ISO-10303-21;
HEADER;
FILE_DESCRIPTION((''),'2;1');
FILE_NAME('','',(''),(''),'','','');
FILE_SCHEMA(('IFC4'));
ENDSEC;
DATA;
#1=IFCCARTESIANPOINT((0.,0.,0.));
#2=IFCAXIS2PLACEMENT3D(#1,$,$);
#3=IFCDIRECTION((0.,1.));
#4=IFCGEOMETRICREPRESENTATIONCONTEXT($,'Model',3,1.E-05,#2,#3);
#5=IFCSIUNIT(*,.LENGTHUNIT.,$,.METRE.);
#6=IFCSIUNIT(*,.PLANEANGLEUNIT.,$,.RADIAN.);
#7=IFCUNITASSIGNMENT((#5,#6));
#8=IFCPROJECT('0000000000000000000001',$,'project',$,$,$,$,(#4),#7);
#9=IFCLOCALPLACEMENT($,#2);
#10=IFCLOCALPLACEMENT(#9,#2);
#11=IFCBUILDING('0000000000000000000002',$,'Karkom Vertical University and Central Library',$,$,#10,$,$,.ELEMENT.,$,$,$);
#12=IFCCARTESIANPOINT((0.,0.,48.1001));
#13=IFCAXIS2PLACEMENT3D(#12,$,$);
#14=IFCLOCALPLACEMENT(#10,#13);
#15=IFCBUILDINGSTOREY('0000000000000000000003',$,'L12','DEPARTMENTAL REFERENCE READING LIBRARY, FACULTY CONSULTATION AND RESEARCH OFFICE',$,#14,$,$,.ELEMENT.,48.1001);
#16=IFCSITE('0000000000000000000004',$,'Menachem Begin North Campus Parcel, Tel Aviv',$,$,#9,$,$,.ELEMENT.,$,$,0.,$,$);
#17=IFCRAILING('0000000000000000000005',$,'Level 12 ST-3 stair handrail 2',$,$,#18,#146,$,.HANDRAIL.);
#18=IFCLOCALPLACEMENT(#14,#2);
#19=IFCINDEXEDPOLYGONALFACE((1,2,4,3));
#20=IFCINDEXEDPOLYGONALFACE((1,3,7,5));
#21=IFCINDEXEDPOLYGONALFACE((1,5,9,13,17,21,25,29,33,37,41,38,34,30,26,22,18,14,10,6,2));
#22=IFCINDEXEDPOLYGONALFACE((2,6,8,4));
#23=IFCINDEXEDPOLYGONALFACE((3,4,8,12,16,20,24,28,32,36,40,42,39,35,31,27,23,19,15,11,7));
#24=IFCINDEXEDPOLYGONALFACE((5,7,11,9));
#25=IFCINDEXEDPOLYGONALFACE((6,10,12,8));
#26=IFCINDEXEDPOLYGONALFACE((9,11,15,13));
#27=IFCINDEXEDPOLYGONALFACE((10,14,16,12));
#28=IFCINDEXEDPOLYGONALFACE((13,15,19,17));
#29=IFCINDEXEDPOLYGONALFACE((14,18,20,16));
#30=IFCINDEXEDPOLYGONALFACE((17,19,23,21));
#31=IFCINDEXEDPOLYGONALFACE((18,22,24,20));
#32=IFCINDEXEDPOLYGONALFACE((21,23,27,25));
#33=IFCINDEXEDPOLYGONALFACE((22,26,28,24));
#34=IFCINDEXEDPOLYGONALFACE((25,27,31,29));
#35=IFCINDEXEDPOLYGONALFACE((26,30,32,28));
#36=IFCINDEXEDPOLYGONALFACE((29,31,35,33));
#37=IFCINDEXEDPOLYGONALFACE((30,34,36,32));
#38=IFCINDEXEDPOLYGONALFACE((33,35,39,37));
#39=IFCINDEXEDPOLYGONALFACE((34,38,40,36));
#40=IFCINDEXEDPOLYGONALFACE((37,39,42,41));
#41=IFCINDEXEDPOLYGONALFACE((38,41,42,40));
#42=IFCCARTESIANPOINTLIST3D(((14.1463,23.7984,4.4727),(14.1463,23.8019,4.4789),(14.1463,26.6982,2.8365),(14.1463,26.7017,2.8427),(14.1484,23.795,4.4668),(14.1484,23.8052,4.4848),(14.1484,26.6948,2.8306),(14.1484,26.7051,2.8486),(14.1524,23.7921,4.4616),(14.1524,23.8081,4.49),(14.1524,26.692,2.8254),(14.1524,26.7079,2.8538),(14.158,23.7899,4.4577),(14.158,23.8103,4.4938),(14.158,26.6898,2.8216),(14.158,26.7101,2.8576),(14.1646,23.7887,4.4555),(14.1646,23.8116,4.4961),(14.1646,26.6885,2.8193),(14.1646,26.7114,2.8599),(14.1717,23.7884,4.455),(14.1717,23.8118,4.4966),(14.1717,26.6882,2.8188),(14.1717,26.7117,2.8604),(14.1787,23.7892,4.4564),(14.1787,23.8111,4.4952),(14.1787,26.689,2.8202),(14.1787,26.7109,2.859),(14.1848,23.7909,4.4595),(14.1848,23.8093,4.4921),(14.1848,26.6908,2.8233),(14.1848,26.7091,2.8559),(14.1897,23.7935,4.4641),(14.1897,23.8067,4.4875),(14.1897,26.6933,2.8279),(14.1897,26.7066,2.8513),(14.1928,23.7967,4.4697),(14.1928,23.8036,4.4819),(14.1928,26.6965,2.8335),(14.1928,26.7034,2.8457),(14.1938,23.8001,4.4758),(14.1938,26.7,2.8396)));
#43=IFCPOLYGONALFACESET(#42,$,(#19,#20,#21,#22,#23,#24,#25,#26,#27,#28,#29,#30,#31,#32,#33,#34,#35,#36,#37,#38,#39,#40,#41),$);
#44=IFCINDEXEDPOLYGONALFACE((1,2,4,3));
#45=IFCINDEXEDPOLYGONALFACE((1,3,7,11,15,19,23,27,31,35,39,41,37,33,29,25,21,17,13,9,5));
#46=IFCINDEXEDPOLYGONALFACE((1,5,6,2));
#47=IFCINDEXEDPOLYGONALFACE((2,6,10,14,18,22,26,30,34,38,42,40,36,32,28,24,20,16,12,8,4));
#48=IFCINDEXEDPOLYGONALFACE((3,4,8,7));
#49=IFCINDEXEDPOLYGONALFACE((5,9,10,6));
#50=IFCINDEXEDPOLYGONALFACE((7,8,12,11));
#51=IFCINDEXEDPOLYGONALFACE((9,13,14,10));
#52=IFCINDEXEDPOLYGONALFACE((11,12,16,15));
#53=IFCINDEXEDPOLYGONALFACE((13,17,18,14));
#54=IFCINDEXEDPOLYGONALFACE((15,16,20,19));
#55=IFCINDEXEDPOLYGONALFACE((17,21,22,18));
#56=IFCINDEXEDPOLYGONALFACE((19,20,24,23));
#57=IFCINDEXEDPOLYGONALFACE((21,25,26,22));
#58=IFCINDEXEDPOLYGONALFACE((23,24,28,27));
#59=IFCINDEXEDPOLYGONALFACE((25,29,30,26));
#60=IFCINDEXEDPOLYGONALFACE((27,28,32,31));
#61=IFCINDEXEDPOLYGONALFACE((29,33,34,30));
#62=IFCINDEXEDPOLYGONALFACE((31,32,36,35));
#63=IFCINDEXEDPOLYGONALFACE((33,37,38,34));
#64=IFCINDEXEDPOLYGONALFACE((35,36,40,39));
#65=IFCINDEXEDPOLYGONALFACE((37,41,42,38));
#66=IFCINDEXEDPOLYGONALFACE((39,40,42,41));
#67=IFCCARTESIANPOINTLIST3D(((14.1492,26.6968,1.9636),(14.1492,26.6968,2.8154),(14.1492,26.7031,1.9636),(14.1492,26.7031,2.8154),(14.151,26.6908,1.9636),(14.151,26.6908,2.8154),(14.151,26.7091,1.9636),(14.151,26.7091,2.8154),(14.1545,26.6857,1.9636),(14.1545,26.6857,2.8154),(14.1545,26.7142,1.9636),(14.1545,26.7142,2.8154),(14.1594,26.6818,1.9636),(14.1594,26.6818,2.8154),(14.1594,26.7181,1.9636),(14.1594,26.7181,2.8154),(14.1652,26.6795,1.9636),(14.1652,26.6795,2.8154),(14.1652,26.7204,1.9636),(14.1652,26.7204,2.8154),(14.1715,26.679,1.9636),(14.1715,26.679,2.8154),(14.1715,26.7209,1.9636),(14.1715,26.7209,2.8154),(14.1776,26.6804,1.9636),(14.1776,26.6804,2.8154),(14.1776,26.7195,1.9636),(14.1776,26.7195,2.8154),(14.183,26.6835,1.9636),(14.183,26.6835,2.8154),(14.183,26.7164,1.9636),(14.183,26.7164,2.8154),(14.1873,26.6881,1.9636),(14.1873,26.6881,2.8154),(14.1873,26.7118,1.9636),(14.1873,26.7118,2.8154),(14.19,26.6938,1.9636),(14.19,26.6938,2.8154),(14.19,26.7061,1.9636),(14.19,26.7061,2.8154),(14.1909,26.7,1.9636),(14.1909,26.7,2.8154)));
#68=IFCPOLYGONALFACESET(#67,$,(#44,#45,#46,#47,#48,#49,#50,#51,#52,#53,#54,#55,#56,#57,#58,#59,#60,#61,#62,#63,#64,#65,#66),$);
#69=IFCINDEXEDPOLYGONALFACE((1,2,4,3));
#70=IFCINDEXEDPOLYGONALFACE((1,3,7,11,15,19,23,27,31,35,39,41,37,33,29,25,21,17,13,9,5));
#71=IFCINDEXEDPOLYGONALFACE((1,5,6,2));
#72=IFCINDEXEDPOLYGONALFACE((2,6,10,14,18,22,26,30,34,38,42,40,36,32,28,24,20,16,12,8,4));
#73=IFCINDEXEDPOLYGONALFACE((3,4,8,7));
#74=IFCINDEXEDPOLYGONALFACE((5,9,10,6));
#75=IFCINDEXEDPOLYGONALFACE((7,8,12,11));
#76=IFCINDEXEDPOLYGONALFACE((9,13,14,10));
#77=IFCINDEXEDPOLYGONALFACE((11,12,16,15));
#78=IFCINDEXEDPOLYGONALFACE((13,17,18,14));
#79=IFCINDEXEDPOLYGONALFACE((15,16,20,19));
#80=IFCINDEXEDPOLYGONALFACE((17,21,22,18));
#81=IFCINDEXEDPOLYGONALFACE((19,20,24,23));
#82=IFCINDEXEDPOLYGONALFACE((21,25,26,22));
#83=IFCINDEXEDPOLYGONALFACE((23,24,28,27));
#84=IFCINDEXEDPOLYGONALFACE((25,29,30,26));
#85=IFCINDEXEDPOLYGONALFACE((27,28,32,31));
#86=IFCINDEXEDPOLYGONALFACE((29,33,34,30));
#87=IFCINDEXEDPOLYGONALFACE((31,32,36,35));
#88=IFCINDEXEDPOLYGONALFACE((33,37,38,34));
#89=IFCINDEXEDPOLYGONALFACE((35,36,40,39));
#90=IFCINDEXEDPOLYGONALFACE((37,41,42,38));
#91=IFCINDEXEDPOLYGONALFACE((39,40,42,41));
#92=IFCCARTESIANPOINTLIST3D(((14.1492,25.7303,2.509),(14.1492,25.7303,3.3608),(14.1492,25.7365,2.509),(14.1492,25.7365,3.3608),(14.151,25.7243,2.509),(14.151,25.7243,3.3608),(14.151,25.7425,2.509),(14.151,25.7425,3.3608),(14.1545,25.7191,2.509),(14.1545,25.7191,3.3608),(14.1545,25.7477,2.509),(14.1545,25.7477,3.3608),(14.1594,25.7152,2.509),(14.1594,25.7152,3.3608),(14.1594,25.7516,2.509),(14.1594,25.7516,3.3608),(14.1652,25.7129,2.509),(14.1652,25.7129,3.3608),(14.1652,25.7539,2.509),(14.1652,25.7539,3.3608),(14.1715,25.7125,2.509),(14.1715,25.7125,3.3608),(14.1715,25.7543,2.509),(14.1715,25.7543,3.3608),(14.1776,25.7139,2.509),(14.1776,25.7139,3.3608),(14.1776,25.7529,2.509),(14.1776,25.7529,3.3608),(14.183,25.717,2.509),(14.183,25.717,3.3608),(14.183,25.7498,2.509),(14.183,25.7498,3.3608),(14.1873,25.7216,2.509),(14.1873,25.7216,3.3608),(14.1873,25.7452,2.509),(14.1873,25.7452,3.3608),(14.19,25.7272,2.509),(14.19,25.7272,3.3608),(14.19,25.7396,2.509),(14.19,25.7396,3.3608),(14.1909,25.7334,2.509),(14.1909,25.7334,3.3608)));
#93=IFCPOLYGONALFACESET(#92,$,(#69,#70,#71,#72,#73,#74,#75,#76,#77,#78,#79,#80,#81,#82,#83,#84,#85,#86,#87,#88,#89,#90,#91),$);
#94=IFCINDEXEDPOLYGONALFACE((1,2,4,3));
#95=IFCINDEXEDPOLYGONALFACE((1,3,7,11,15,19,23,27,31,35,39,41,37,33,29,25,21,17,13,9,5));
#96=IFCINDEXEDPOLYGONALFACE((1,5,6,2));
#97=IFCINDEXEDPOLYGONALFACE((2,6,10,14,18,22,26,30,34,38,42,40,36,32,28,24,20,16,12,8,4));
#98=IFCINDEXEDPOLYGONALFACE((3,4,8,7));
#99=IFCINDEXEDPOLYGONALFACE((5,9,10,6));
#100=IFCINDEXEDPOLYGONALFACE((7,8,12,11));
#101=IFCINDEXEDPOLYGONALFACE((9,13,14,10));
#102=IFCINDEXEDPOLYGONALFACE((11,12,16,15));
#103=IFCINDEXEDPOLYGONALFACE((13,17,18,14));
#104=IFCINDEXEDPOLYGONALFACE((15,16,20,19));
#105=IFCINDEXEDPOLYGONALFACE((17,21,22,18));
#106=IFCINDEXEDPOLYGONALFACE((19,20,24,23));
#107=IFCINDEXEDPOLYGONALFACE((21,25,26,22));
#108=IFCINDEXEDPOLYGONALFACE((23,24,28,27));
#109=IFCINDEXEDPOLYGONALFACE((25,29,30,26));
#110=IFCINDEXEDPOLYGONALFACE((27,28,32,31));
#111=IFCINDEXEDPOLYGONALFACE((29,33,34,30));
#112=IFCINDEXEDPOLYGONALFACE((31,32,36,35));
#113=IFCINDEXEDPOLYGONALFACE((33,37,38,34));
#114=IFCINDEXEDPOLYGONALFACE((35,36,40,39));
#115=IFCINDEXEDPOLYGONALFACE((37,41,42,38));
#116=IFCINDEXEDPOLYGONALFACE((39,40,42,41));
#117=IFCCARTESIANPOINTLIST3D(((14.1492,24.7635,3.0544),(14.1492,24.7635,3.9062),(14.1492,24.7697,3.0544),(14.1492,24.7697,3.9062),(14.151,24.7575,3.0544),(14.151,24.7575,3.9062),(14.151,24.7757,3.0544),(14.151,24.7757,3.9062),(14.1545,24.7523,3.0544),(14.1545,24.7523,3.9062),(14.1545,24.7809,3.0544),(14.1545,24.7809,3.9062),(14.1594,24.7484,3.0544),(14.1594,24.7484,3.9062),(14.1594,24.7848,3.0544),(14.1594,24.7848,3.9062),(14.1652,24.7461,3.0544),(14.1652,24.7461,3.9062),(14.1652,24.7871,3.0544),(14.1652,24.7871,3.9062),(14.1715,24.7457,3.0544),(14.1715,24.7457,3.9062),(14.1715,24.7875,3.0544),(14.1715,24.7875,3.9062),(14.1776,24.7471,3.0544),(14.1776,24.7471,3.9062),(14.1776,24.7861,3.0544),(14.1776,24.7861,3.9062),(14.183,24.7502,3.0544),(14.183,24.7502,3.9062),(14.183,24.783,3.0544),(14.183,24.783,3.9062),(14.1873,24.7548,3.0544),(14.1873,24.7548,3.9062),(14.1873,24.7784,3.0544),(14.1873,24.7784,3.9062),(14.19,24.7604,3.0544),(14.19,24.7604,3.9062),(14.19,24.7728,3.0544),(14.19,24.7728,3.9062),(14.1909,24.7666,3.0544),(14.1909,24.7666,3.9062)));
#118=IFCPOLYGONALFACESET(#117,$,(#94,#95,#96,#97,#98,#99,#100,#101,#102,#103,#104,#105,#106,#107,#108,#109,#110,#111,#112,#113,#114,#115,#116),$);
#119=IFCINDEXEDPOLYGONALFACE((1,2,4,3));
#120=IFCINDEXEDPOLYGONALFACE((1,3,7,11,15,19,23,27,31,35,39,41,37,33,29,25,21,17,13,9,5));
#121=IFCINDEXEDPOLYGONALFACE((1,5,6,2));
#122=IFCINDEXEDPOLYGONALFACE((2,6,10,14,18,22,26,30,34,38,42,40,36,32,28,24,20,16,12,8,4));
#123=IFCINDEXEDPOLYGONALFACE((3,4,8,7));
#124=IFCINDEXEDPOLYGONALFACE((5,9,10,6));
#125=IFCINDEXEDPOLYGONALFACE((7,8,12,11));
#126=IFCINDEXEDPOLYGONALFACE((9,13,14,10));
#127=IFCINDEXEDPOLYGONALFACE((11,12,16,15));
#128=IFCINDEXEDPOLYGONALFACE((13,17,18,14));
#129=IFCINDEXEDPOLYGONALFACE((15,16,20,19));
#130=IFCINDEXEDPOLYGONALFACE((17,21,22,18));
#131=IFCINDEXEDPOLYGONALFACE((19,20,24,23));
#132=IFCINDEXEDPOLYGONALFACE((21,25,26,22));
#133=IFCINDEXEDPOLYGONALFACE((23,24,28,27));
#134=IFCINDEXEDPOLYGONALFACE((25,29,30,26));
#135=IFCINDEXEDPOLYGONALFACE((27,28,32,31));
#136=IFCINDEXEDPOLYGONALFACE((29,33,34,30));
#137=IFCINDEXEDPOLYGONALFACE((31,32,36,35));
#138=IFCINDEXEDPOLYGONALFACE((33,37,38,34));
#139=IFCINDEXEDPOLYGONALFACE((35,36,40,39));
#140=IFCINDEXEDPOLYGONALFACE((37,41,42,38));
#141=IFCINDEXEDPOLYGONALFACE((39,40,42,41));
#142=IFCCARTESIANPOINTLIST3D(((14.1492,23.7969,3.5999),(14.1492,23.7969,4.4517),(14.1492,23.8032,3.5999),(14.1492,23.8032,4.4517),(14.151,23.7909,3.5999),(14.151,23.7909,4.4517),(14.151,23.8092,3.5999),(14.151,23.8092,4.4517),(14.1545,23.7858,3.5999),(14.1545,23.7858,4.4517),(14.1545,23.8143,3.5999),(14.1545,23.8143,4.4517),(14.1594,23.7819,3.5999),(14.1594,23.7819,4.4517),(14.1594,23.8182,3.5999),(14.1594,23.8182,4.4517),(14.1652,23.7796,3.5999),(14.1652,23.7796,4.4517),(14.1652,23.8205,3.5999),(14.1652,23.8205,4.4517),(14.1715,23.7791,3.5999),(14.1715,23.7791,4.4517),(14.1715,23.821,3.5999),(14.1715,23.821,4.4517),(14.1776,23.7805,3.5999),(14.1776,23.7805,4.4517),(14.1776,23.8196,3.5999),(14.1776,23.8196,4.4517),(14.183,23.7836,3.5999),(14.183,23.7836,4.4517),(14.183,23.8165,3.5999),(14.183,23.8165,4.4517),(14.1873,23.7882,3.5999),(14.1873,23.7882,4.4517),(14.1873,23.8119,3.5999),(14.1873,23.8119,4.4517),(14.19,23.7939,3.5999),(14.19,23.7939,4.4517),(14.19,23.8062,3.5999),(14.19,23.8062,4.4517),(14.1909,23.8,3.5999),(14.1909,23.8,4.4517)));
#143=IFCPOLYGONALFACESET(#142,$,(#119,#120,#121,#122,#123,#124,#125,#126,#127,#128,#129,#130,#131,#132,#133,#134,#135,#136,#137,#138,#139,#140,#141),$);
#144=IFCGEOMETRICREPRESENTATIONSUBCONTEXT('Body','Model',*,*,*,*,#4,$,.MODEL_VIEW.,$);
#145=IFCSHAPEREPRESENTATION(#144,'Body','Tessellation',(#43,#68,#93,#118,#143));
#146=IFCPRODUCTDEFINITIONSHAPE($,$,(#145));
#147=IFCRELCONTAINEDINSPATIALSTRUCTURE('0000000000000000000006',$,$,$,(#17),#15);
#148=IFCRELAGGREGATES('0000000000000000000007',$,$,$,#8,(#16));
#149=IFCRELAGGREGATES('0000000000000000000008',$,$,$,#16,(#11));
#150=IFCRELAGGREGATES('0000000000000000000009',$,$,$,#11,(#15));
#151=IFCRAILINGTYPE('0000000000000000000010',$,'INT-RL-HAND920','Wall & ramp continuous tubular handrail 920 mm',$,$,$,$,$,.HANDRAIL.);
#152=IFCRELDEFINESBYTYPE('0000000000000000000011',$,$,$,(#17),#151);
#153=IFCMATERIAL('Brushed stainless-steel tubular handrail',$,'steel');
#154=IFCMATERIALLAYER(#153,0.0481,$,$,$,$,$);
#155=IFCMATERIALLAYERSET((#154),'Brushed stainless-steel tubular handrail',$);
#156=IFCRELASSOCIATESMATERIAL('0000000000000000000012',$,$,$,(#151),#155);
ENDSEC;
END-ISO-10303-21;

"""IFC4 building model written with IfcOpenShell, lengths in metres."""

from ifc_helpers import new_model, si_unit, direction, frame, origin, origin_2d, place, context, subcontext, project, spatial, circle, extrude, material, layer, layer_set, type_object, element, save


model = new_model("IFC4")

# Units and contexts
model_context = context("Model", 3, precision=1e-05, world=origin(), true_north=direction((0.0, 1.0)))
body_context = subcontext(model_context, "Body", "Model", "MODEL_VIEW")
ifc_project = project(units=[si_unit("LENGTHUNIT", "METRE"), si_unit("PLANEANGLEUNIT", "RADIAN")], contexts=[model_context])

# Site, building, storey
site_placement = place(None, origin())
site = spatial("IfcSite", under=ifc_project, at=site_placement, Name="Menachem Begin North Campus Parcel, Tel Aviv", CompositionType="ELEMENT", RefElevation=0.0)
building_placement = place(site_placement, origin())
building = spatial("IfcBuilding", under=site, at=building_placement, Name="Karkom Vertical University and Central Library", CompositionType="ELEMENT")
storey_placement = place(building_placement, frame((0.0, 0.0, 48.1001)))
storey = spatial("IfcBuildingStorey", under=building, at=storey_placement, Name="L12", Description="DEPARTMENTAL REFERENCE READING LIBRARY, FACULTY CONSULTATION AND RESEARCH OFFICE", CompositionType="ELEMENT", Elevation=48.1001)

# Railing
ifc_material_1 = material(Name="Brushed stainless-steel tubular handrail", Category="steel")
ifc_layer_1 = layer(ifc_material_1, 0.0481)
ifc_layer_set_1 = layer_set([ifc_layer_1], Name="Brushed stainless-steel tubular handrail")
railing_type_1 = type_object("IfcRailingType", Name="INT-RL-HAND920", Description="Wall & ramp continuous tubular handrail 920 mm", PredefinedType="HANDRAIL", material=ifc_layer_set_1)
railing_1_placement = place(storey_placement, frame((14.1699, 26.7, 1.9636)))
element("IfcRailing", 1, at=railing_1_placement, inside=storey, type_object=railing_type_1, Name="Level 12 ST-3 stair handrail 2", PredefinedType="HANDRAIL", context=body_context, shape_type="SweptSolid", body=[
    extrude(circle(Radius=0.0239, at=origin_2d()), frame((0.0, 0.0, 0.876), z_axis=(0.0, -0.870929, 0.49141), x_axis=(1.0, 0.0, 0.0)), (0.0, 0.0, 1.0), 3.3296),
    extrude(circle(Radius=0.021, at=origin_2d()), origin(), (0.0, 0.0, 1.0), 0.8518),
    extrude(circle(Radius=0.021, at=origin_2d()), frame((0.0, -0.9666, 0.5454)), (0.0, 0.0, 1.0), 0.8518),
    extrude(circle(Radius=0.021, at=origin_2d()), frame((0.0, -1.9333, 1.0908)), (0.0, 0.0, 1.0), 0.8518),
    extrude(circle(Radius=0.021, at=origin_2d()), frame((0.0, -2.8999, 1.6362)), (0.0, 0.0, 1.0), 0.8518),
])

save(model, "model.ifc")
